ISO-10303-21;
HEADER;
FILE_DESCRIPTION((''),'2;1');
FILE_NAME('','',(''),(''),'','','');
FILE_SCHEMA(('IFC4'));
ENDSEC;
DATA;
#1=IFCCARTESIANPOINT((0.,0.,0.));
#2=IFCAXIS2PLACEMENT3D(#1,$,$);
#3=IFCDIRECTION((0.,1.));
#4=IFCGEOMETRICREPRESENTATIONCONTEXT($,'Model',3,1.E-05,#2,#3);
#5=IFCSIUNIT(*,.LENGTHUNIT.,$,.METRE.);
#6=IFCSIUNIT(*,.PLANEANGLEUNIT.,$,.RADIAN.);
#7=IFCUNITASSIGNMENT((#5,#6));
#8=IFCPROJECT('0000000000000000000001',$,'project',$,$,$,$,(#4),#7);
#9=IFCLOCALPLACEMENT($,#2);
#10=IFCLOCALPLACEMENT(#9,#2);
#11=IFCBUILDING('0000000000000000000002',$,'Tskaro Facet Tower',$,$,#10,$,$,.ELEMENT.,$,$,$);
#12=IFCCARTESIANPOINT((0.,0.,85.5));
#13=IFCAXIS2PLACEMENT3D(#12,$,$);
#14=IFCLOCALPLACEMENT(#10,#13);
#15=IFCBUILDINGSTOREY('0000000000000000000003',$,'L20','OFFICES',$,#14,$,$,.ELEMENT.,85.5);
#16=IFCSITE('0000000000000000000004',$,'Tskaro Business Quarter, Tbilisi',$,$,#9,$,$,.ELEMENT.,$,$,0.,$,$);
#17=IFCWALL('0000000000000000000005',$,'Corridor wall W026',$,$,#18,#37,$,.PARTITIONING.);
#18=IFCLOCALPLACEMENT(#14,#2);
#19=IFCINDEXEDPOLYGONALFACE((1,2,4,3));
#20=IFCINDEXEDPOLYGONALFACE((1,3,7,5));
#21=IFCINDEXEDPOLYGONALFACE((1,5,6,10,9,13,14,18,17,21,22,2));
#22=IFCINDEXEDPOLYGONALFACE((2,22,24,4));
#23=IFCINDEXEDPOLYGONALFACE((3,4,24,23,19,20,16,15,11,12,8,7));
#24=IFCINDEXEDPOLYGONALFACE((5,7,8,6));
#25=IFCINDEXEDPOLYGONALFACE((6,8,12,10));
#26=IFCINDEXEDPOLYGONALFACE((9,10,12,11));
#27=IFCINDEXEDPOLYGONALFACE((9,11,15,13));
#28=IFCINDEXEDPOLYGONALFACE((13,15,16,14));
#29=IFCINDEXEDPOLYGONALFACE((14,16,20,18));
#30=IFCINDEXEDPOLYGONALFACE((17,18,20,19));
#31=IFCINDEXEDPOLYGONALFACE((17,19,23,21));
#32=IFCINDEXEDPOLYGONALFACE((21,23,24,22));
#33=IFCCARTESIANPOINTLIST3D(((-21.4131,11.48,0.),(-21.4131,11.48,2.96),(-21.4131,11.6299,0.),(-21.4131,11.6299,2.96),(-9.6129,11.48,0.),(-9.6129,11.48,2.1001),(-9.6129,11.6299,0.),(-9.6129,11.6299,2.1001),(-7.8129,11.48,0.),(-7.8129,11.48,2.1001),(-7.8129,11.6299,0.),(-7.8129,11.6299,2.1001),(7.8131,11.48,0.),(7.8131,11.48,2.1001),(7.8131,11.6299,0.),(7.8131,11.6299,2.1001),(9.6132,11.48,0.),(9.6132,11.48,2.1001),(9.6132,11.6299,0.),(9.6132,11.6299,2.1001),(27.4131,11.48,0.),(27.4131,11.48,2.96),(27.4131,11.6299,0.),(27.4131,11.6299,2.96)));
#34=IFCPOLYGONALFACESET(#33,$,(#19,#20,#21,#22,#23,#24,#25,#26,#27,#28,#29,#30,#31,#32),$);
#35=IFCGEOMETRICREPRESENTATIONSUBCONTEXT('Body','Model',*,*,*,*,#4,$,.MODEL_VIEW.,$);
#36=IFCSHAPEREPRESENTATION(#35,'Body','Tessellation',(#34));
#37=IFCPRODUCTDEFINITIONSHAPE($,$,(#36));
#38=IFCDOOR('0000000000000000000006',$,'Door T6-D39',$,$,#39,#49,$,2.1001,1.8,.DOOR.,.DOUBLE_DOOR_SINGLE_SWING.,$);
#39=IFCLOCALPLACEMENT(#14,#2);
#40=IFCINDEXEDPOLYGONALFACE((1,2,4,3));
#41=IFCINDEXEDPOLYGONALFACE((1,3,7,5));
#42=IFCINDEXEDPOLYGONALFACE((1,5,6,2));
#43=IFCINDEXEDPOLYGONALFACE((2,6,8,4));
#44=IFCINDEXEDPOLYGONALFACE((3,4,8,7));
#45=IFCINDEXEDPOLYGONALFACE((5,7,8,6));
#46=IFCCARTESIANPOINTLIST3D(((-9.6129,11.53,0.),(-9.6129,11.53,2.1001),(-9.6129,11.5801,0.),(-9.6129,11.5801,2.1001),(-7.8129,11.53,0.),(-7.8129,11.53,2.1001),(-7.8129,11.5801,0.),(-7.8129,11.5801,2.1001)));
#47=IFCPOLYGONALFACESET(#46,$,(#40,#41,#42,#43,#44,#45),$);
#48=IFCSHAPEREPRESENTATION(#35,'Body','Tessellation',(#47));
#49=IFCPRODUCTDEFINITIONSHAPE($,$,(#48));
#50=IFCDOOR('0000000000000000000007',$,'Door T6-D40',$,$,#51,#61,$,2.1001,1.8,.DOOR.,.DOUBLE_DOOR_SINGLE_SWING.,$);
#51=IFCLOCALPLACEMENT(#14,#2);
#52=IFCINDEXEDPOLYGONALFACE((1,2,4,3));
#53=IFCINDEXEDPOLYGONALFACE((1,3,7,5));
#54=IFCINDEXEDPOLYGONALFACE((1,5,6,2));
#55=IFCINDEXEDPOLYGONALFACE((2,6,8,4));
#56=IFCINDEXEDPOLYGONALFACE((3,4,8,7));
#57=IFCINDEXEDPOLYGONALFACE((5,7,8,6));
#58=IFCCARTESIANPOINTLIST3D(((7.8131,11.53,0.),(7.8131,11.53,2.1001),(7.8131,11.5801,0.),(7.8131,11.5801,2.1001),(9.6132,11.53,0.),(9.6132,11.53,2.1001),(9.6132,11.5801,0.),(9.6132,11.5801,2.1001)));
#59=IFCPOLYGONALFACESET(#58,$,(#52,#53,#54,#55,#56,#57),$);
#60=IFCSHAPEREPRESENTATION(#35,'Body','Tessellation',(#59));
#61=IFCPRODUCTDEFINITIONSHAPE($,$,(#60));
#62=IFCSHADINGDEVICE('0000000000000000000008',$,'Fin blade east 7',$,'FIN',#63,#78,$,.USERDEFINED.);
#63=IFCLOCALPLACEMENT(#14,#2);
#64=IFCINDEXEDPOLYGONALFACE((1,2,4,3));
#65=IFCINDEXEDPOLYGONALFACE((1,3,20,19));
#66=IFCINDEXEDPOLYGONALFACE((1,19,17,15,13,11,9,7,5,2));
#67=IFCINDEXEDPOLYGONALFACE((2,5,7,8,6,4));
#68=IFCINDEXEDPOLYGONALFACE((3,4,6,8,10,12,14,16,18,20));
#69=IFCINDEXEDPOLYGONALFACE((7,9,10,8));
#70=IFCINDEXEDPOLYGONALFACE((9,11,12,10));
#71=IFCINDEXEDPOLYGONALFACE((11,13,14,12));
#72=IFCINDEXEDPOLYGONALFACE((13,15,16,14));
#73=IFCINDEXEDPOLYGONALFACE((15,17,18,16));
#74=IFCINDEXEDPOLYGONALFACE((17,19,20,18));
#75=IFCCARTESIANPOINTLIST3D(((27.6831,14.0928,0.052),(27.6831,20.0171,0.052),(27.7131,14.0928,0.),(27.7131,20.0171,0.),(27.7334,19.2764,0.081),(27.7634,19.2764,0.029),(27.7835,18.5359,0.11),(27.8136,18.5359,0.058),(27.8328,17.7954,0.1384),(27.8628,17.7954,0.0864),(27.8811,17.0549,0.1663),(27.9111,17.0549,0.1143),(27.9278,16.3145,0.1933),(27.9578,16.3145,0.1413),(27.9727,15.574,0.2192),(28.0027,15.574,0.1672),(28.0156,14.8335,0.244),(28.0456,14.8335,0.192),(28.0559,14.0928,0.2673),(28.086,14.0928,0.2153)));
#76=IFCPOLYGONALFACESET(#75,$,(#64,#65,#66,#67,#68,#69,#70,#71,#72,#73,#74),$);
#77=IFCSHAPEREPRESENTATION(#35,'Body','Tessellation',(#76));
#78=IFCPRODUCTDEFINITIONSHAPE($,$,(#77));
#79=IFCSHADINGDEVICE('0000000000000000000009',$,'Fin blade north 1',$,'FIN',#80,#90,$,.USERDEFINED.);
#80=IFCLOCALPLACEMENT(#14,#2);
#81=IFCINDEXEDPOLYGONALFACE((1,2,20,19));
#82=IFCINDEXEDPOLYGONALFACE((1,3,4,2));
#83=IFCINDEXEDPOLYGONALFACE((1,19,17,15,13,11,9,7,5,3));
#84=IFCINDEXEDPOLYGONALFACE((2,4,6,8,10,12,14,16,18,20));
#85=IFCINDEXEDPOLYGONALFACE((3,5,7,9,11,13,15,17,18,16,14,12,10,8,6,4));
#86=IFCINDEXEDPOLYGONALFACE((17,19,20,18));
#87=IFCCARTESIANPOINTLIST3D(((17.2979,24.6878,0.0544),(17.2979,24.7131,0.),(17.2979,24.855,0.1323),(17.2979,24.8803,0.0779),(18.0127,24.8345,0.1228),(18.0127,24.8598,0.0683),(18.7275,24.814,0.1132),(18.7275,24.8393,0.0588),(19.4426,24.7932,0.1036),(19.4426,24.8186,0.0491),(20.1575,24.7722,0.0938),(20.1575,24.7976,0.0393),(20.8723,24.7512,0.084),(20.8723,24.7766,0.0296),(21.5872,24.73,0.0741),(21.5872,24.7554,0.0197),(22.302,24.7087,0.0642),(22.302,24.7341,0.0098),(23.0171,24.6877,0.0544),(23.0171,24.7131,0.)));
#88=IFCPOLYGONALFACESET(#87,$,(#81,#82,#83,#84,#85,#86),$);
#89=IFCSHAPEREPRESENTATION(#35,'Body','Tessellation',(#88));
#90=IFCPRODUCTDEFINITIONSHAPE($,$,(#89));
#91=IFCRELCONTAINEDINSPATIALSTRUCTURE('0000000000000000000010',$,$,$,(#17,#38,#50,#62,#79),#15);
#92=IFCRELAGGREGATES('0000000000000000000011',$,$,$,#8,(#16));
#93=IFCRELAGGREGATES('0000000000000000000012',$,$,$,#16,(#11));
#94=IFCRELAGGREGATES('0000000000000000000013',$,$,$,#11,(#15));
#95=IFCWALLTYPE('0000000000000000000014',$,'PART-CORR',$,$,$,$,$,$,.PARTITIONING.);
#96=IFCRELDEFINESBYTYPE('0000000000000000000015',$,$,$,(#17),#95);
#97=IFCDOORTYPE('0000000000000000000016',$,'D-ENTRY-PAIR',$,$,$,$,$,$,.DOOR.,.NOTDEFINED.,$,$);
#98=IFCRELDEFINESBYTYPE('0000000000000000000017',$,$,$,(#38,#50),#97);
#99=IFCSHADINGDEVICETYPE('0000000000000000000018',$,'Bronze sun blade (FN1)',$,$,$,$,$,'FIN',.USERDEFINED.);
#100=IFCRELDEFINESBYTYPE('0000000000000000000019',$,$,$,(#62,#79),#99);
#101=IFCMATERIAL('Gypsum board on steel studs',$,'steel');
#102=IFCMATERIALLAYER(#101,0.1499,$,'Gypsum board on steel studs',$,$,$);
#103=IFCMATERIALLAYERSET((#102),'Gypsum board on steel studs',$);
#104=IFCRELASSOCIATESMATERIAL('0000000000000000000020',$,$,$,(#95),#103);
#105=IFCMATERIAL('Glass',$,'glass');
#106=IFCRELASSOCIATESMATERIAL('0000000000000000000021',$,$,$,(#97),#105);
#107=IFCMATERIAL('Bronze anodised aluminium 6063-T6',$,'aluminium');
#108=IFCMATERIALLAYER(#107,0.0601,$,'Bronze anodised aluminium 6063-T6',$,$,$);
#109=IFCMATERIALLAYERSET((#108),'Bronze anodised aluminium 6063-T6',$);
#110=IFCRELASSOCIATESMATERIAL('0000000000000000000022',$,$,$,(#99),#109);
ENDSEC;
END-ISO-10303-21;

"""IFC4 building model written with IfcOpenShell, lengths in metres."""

from ifc_helpers import new_model, si_unit, direction, frame, frame_2d, origin, place, context, subcontext, project, spatial, polyline, rectangle, outline, extrude, material, layer, layer_set, type_object, element, fill, save


model = new_model("IFC4")

# Units and contexts
model_context = context("Model", 3, precision=1e-05, world=origin(), true_north=direction((0.0, 1.0)))
body_context = subcontext(model_context, "Body", "Model", "MODEL_VIEW")
ifc_project = project(units=[si_unit("LENGTHUNIT", "METRE"), si_unit("PLANEANGLEUNIT", "RADIAN")], contexts=[model_context])

# Site, building, storey
site_placement = place(None, origin())
site = spatial("IfcSite", under=ifc_project, at=site_placement, Name="Tskaro Business Quarter, Tbilisi", CompositionType="ELEMENT", RefElevation=0.0)
building_placement = place(site_placement, origin())
building = spatial("IfcBuilding", under=site, at=building_placement, Name="Tskaro Facet Tower", CompositionType="ELEMENT")
storey_placement = place(building_placement, frame((0.0, 0.0, 85.5)))
storey = spatial("IfcBuildingStorey", under=building, at=storey_placement, Name="L20", Description="OFFICES", CompositionType="ELEMENT", Elevation=85.5)

# Shared definitions
ifc_material_1 = material(Name="Bronze anodised aluminium 6063-T6", Category="aluminium")

# Wall, openings, doors
ifc_material_2 = material(Name="Gypsum board on steel studs", Category="steel")
ifc_layer_1 = layer(ifc_material_2, 0.1499, Name="Gypsum board on steel studs")
ifc_layer_set_1 = layer_set([ifc_layer_1], Name="Gypsum board on steel studs")
wall_type = type_object("IfcWallType", Name="PART-CORR", PredefinedType="PARTITIONING", material=ifc_layer_set_1)
wall_placement = place(storey_placement, frame((27.4131, 11.5549, 0.0), z_axis=(0.0, 0.0, 1.0), x_axis=(-1.0, 0.0, 0.0)))
wall = element("IfcWall", 1, at=wall_placement, inside=storey, type_object=wall_type, Name="Corridor wall W026", PredefinedType="PARTITIONING", context=body_context, shape_type="SweptSolid", body=[
    extrude(rectangle(XDim=48.8262, YDim=0.1499, at=frame_2d((24.4131, 0.0))), origin(), (0.0, 0.0, 1.0), 2.96),
])
opening_1_placement = place(wall_placement, frame((35.2261, 0.0, 0.0)))
opening_1 = element("IfcOpeningElement", 2, at=opening_1_placement, cuts=wall, PredefinedType="OPENING", context=body_context, shape_type="SweptSolid", body=[
    extrude(rectangle(XDim=1.8, YDim=2.1001, at=frame_2d((0.8999, 1.05))), frame((0.0, 0.085, 0.0), z_axis=(0.0, -1.0, 0.0), x_axis=(1.0, 0.0, 0.0)), (0.0, 0.0, 1.0), 0.1699),
])
opening_2_placement = place(wall_placement, frame((17.8, 0.0, 0.0)))
opening_2 = element("IfcOpeningElement", 3, at=opening_2_placement, cuts=wall, PredefinedType="OPENING", context=body_context, shape_type="SweptSolid", body=[
    extrude(rectangle(XDim=1.8, YDim=2.1001, at=frame_2d((0.8999, 1.05))), frame((0.0, 0.085, 0.0), z_axis=(0.0, -1.0, 0.0), x_axis=(1.0, 0.0, 0.0)), (0.0, 0.0, 1.0), 0.1699),
])
ifc_material_3 = material(Name="Glass", Category="glass")
door_type = type_object("IfcDoorType", Name="D-ENTRY-PAIR", OperationType="NOTDEFINED", PredefinedType="DOOR", material=ifc_material_3)
door_1_placement = place(opening_1_placement, origin())
door_1 = element("IfcDoor", 4, at=door_1_placement, inside=storey, type_object=door_type, Name="Door T6-D39", OperationType="DOUBLE_DOOR_SINGLE_SWING", OverallHeight=2.1001, OverallWidth=1.8, PredefinedType="DOOR", context=body_context, shape_type="SweptSolid", body=[
    extrude(rectangle(XDim=1.8, YDim=2.1001, at=frame_2d((0.8999, 1.05))), frame((0.0, 0.0249, 0.0), z_axis=(0.0, -1.0, 0.0), x_axis=(1.0, 0.0, 0.0)), (0.0, 0.0, 1.0), 0.05),
])
fill(opening_1, door_1)
door_2_placement = place(opening_2_placement, origin())
door_2 = element("IfcDoor", 5, at=door_2_placement, inside=storey, type_object=door_type, Name="Door T6-D40", OperationType="DOUBLE_DOOR_SINGLE_SWING", OverallHeight=2.1001, OverallWidth=1.8, PredefinedType="DOOR", context=body_context, shape_type="SweptSolid", body=[
    extrude(rectangle(XDim=1.8, YDim=2.1001, at=frame_2d((0.8999, 1.05))), frame((0.0, 0.0249, 0.0), z_axis=(0.0, -1.0, 0.0), x_axis=(1.0, 0.0, 0.0)), (0.0, 0.0, 1.0), 0.05),
])
fill(opening_2, door_2)

# Shading devices
ifc_layer_2 = layer(ifc_material_1, 0.0601, Name="Bronze anodised aluminium 6063-T6")
ifc_layer_set_2 = layer_set([ifc_layer_2], Name="Bronze anodised aluminium 6063-T6")
shading_device_type = type_object("IfcShadingDeviceType", Name="Bronze sun blade (FN1)", ElementType="FIN", PredefinedType="USERDEFINED", material=ifc_layer_set_2)
shading_device_1_placement = place(storey_placement, frame((27.6831, 14.0928, 0.052), z_axis=(-0.500125, 0.000002, 0.865953), x_axis=(0.000001, 1.0, -0.000002)))
element("IfcShadingDevice", 6, at=shading_device_1_placement, inside=storey, type_object=shading_device_type, Name="Fin blade east 7", ObjectType="FIN", PredefinedType="USERDEFINED", context=body_context, shape_type="SweptSolid", body=[
    extrude(outline(polyline([(0.0, 0.0), (5.9243, 0.0), (5.1836, -0.0581), (4.4431, -0.116), (3.7026, -0.1728), (2.9622, -0.2286), (2.2217, -0.2825), (1.4812, -0.3344), (0.7407, -0.3839), (0.0, -0.4305), (0.0, 0.0)])), origin(), (0.0, 0.0, -1.0), 0.0601),
])
shading_device_2_placement = place(storey_placement, frame((23.0171, 24.6877, 0.0544), z_axis=(-0.000003, -0.422255, 0.906477), x_axis=(-1.0, 0.000001, -0.000003)))
element("IfcShadingDevice", 7, at=shading_device_2_placement, inside=storey, type_object=shading_device_type, Name="Fin blade north 1", ObjectType="FIN", PredefinedType="USERDEFINED", context=body_context, shape_type="SweptSolid", body=[
    extrude(outline(polyline([(0.0, 0.0), (5.7192, 0.0), (5.7192, -0.1845), (5.0044, -0.1619), (4.2896, -0.1393), (3.5745, -0.1163), (2.8596, -0.0932), (2.1448, -0.07), (1.4299, -0.0466), (0.7151, -0.0232), (0.0, 0.0)])), origin(), (0.0, 0.0, -1.0), 0.0601),
])

save(model, "model.ifc")
